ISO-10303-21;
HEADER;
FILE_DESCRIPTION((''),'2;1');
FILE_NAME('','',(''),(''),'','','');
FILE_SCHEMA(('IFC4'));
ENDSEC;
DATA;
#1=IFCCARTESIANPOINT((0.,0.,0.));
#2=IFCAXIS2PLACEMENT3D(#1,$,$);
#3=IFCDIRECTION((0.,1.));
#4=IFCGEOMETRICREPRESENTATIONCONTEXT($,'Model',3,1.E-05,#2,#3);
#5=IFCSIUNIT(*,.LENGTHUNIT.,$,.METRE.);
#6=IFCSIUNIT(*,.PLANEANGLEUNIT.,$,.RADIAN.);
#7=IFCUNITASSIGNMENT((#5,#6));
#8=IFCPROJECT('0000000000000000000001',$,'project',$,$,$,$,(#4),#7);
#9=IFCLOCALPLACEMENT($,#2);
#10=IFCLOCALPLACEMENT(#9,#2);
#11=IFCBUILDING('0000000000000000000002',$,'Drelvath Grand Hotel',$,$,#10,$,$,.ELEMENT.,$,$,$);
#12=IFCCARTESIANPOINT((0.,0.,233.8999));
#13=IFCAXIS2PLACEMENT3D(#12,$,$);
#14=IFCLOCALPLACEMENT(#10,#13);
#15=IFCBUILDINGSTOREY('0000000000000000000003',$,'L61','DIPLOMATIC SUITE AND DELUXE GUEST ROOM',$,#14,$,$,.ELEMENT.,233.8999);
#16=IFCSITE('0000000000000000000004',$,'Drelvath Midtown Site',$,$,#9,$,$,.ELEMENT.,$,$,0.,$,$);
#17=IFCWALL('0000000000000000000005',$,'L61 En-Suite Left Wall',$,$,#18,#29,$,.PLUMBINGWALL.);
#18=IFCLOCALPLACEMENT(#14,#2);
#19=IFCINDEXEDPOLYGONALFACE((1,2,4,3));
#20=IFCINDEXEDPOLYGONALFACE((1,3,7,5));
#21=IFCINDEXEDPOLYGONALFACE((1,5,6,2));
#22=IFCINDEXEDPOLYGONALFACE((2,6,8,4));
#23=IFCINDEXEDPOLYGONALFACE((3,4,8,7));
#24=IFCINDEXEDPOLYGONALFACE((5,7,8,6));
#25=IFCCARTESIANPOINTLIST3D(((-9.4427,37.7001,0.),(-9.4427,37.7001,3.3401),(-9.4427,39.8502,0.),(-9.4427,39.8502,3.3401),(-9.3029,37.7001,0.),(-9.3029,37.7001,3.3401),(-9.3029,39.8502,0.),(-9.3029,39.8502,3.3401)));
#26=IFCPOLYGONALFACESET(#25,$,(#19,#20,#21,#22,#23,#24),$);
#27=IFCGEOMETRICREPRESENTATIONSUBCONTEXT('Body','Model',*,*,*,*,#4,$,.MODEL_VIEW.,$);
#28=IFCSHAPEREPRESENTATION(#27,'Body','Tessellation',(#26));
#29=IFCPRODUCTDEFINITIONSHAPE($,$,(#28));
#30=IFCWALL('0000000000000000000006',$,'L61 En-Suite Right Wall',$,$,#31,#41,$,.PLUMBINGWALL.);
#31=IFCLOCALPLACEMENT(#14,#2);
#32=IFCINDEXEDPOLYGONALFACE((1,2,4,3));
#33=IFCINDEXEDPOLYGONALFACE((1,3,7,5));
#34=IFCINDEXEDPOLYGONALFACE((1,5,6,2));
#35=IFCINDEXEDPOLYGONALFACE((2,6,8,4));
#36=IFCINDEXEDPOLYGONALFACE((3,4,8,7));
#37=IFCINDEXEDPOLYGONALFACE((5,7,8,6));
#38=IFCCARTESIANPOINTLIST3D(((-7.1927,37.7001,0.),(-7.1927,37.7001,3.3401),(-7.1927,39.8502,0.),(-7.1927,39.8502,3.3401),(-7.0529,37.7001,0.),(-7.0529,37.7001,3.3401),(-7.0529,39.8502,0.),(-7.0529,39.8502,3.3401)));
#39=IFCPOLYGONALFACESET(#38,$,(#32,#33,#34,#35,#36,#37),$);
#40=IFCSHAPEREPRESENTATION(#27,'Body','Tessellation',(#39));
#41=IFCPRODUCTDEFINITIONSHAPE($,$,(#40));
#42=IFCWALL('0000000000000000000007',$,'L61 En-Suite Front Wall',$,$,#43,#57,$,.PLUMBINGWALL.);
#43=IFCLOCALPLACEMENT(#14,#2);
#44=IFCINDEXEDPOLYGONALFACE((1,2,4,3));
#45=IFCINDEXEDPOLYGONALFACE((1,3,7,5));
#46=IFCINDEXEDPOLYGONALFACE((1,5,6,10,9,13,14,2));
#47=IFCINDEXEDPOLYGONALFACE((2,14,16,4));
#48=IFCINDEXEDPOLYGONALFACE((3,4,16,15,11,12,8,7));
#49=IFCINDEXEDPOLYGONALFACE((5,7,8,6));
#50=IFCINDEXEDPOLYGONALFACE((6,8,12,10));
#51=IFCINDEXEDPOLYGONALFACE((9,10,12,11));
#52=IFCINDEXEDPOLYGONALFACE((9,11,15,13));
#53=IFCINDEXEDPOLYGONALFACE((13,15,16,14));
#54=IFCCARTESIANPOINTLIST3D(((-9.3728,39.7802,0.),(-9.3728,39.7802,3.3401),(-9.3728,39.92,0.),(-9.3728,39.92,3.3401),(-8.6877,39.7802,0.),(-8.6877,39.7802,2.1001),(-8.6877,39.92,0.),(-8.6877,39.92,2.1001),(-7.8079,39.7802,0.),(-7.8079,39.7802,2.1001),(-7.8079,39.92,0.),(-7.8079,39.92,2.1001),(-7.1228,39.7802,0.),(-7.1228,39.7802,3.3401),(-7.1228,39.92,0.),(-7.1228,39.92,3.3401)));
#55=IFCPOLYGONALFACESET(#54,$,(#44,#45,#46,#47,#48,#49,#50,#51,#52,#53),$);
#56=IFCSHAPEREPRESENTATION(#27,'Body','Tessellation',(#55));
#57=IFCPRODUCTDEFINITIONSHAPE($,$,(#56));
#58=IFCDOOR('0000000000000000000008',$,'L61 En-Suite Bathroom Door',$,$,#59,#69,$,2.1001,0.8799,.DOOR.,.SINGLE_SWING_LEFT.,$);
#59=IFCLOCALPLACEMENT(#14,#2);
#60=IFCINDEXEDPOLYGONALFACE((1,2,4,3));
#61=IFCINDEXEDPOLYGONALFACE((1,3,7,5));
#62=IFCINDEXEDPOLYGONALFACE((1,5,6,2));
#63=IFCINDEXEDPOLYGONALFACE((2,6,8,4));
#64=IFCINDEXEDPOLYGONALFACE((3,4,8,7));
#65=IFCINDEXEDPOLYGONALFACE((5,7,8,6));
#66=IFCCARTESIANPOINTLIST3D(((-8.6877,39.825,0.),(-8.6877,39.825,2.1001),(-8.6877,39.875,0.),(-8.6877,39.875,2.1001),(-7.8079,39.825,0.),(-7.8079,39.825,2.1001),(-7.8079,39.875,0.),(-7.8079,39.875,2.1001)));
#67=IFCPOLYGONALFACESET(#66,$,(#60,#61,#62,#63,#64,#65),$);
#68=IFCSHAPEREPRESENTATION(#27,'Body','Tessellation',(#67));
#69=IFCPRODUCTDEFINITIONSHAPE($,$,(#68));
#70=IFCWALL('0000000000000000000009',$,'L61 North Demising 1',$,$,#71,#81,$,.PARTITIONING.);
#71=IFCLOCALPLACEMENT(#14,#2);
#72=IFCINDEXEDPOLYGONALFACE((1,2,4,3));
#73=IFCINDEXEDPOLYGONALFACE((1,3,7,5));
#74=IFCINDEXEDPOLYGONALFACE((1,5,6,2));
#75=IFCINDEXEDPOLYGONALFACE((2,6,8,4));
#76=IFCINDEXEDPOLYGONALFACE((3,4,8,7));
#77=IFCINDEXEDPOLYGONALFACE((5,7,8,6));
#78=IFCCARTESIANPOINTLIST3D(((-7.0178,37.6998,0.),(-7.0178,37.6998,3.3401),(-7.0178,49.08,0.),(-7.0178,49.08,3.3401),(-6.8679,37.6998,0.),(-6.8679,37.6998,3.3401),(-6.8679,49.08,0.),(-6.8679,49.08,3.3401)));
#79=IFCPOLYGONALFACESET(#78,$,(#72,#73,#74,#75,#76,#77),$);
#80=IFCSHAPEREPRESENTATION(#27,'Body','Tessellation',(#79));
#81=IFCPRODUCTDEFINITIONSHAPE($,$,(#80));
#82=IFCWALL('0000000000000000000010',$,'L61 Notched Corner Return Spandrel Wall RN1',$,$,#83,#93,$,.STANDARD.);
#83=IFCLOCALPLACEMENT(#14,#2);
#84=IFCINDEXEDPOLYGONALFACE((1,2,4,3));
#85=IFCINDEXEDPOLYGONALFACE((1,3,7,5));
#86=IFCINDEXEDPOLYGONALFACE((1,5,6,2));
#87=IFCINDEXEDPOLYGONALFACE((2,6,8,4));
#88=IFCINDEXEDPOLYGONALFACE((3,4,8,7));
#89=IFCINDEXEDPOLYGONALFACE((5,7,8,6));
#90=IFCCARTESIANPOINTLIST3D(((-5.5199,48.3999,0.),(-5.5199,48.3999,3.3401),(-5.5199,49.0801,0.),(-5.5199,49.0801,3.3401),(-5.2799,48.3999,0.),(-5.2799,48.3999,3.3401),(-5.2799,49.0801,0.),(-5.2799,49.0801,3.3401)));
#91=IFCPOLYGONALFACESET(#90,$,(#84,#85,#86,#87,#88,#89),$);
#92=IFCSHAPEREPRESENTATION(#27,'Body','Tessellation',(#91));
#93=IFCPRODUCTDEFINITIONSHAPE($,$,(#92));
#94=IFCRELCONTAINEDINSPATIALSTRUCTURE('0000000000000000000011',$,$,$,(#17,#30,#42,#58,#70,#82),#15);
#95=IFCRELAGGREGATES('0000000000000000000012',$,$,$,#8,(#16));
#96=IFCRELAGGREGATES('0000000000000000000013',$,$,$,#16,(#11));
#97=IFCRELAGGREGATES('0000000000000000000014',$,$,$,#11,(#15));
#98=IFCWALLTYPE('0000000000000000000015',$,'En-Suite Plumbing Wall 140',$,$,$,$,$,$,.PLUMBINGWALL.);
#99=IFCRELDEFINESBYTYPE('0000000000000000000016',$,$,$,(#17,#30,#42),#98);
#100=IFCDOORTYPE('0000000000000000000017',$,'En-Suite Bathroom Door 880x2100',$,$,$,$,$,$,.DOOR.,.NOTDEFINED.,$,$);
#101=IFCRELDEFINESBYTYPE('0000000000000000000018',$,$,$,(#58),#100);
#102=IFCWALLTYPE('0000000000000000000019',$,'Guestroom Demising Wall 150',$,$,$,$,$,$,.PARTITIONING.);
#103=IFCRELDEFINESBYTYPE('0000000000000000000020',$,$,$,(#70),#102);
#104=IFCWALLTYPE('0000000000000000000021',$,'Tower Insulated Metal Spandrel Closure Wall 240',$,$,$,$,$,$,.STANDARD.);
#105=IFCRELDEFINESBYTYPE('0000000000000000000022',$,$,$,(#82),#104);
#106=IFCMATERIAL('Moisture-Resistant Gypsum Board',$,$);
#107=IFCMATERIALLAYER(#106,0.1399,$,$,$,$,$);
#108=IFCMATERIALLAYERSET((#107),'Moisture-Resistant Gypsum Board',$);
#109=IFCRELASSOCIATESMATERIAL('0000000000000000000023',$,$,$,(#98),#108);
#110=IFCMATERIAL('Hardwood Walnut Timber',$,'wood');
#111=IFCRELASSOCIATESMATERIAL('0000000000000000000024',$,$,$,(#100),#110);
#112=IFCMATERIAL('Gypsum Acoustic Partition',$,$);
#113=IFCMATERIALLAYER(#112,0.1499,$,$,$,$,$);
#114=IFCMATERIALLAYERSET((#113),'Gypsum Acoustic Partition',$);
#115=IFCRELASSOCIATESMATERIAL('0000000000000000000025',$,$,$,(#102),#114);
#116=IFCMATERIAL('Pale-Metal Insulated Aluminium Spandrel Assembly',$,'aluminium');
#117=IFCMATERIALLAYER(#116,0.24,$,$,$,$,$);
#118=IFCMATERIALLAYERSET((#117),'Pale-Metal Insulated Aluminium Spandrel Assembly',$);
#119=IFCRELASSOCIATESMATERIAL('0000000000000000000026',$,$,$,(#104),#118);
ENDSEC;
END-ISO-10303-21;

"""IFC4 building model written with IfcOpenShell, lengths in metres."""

from ifc_helpers import new_model, si_unit, direction, frame, frame_2d, origin, place, context, subcontext, project, spatial, rectangle, extrude, material, layer, layer_set, type_object, element, fill, save


model = new_model("IFC4")

# Units and contexts
model_context = context("Model", 3, precision=1e-05, world=origin(), true_north=direction((0.0, 1.0)))
body_context = subcontext(model_context, "Body", "Model", "MODEL_VIEW")
ifc_project = project(units=[si_unit("LENGTHUNIT", "METRE"), si_unit("PLANEANGLEUNIT", "RADIAN")], contexts=[model_context])

# Site, building, storey
site_placement = place(None, origin())
site = spatial("IfcSite", under=ifc_project, at=site_placement, Name="Drelvath Midtown Site", CompositionType="ELEMENT", RefElevation=0.0)
building_placement = place(site_placement, origin())
building = spatial("IfcBuilding", under=site, at=building_placement, Name="Drelvath Grand Hotel", CompositionType="ELEMENT")
storey_placement = place(building_placement, frame((0.0, 0.0, 233.8999)))
storey = spatial("IfcBuildingStorey", under=building, at=storey_placement, Name="L61", Description="DIPLOMATIC SUITE AND DELUXE GUEST ROOM", CompositionType="ELEMENT", Elevation=233.8999)

# Walls
ifc_material_1 = material(Name="Moisture-Resistant Gypsum Board")
ifc_layer_1 = layer(ifc_material_1, 0.1399)
ifc_layer_set_1 = layer_set([ifc_layer_1], Name="Moisture-Resistant Gypsum Board")
wall_type_1 = type_object("IfcWallType", Name="En-Suite Plumbing Wall 140", PredefinedType="PLUMBINGWALL", material=ifc_layer_set_1)
for number, where, z_axis, x_axis, name in (
    (1, (-9.3728, 37.7, 0.0), (0.0, 0.0, 1.0), (0.0, 1.0, 0.0), "L61 En-Suite Left Wall"),
    (2, (-7.1228, 37.7, 0.0), (0.0, 0.0, 1.0), (0.0, 1.0, 0.0), "L61 En-Suite Right Wall"),
):
    element("IfcWall", number, at=place(storey_placement, frame(where, z_axis=z_axis, x_axis=x_axis)), inside=storey, type_object=wall_type_1, Name=name, PredefinedType="PLUMBINGWALL", context=body_context, shape_type="SweptSolid", body=[
        extrude(rectangle(XDim=2.1501, YDim=0.1399, at=frame_2d((1.0752, 0.0))), origin(), (0.0, 0.0, 1.0), 3.3401),
    ])

# Wall, opening, door
wall_1_placement = place(storey_placement, frame((-9.3728, 39.8501, 0.0), z_axis=(0.0, 0.0, 1.0), x_axis=(1.0, 0.0, 0.0)))
wall_1 = element("IfcWall", 3, at=wall_1_placement, inside=storey, type_object=wall_type_1, Name="L61 En-Suite Front Wall", PredefinedType="PLUMBINGWALL", context=body_context, shape_type="SweptSolid", body=[
    extrude(rectangle(XDim=2.25, YDim=0.1399, at=frame_2d((1.125, 0.0))), origin(), (0.0, 0.0, 1.0), 3.3401),
])
opening_placement = place(wall_1_placement, frame((0.6851, 0.0, 0.0)))
opening = element("IfcOpeningElement", 4, at=opening_placement, cuts=wall_1, PredefinedType="OPENING", context=body_context, shape_type="SweptSolid", body=[
    extrude(rectangle(XDim=0.8799, YDim=2.1001, at=frame_2d((0.4399, 1.05))), frame((0.0, 0.0798, 0.0), z_axis=(0.0, -1.0, 0.0), x_axis=(1.0, 0.0, 0.0)), (0.0, 0.0, 1.0), 0.1599),
])
ifc_material_2 = material(Name="Hardwood Walnut Timber", Category="wood")
door_type = type_object("IfcDoorType", Name="En-Suite Bathroom Door 880x2100", OperationType="NOTDEFINED", PredefinedType="DOOR", material=ifc_material_2)
door_placement = place(opening_placement, origin())
door = element("IfcDoor", 5, at=door_placement, inside=storey, type_object=door_type, Name="L61 En-Suite Bathroom Door", OperationType="SINGLE_SWING_LEFT", OverallHeight=2.1001, OverallWidth=0.8799, PredefinedType="DOOR", context=body_context, shape_type="SweptSolid", body=[
    extrude(rectangle(XDim=0.8799, YDim=2.1001, at=frame_2d((0.4399, 1.05))), frame((0.0, 0.0249, 0.0), z_axis=(0.0, -1.0, 0.0), x_axis=(1.0, 0.0, 0.0)), (0.0, 0.0, 1.0), 0.05),
])
fill(opening, door)

# Walls
ifc_material_3 = material(Name="Gypsum Acoustic Partition")
ifc_layer_2 = layer(ifc_material_3, 0.1499)
ifc_layer_set_2 = layer_set([ifc_layer_2], Name="Gypsum Acoustic Partition")
wall_type_2 = type_object("IfcWallType", Name="Guestroom Demising Wall 150", PredefinedType="PARTITIONING", material=ifc_layer_set_2)
wall_2_placement = place(storey_placement, frame((-6.9429, 37.7, 0.0), z_axis=(0.0, 0.0, 1.0), x_axis=(0.0, 1.0, 0.0)))
element("IfcWall", 6, at=wall_2_placement, inside=storey, type_object=wall_type_2, Name="L61 North Demising 1", PredefinedType="PARTITIONING", context=body_context, shape_type="SweptSolid", body=[
    extrude(rectangle(XDim=11.3801, YDim=0.1499, at=frame_2d((5.6899, 0.0))), origin(), (0.0, 0.0, 1.0), 3.3401),
])
ifc_material_4 = material(Name="Pale-Metal Insulated Aluminium Spandrel Assembly", Category="aluminium")
ifc_layer_3 = layer(ifc_material_4, 0.24)
ifc_layer_set_3 = layer_set([ifc_layer_3], Name="Pale-Metal Insulated Aluminium Spandrel Assembly")
wall_type_3 = type_object("IfcWallType", Name="Tower Insulated Metal Spandrel Closure Wall 240", PredefinedType="STANDARD", material=ifc_layer_set_3)
wall_3_placement = place(storey_placement, frame((-5.3999, 49.0801, 0.0), z_axis=(0.0, 0.0, 1.0), x_axis=(0.0, -1.0, 0.0)))
element("IfcWall", 7, at=wall_3_placement, inside=storey, type_object=wall_type_3, Name="L61 Notched Corner Return Spandrel Wall RN1", PredefinedType="STANDARD", context=body_context, shape_type="SweptSolid", body=[
    extrude(rectangle(XDim=0.6802, YDim=0.24, at=frame_2d((0.3401, 0.0))), origin(), (0.0, 0.0, 1.0), 3.3401),
])

save(model, "model.ifc")
